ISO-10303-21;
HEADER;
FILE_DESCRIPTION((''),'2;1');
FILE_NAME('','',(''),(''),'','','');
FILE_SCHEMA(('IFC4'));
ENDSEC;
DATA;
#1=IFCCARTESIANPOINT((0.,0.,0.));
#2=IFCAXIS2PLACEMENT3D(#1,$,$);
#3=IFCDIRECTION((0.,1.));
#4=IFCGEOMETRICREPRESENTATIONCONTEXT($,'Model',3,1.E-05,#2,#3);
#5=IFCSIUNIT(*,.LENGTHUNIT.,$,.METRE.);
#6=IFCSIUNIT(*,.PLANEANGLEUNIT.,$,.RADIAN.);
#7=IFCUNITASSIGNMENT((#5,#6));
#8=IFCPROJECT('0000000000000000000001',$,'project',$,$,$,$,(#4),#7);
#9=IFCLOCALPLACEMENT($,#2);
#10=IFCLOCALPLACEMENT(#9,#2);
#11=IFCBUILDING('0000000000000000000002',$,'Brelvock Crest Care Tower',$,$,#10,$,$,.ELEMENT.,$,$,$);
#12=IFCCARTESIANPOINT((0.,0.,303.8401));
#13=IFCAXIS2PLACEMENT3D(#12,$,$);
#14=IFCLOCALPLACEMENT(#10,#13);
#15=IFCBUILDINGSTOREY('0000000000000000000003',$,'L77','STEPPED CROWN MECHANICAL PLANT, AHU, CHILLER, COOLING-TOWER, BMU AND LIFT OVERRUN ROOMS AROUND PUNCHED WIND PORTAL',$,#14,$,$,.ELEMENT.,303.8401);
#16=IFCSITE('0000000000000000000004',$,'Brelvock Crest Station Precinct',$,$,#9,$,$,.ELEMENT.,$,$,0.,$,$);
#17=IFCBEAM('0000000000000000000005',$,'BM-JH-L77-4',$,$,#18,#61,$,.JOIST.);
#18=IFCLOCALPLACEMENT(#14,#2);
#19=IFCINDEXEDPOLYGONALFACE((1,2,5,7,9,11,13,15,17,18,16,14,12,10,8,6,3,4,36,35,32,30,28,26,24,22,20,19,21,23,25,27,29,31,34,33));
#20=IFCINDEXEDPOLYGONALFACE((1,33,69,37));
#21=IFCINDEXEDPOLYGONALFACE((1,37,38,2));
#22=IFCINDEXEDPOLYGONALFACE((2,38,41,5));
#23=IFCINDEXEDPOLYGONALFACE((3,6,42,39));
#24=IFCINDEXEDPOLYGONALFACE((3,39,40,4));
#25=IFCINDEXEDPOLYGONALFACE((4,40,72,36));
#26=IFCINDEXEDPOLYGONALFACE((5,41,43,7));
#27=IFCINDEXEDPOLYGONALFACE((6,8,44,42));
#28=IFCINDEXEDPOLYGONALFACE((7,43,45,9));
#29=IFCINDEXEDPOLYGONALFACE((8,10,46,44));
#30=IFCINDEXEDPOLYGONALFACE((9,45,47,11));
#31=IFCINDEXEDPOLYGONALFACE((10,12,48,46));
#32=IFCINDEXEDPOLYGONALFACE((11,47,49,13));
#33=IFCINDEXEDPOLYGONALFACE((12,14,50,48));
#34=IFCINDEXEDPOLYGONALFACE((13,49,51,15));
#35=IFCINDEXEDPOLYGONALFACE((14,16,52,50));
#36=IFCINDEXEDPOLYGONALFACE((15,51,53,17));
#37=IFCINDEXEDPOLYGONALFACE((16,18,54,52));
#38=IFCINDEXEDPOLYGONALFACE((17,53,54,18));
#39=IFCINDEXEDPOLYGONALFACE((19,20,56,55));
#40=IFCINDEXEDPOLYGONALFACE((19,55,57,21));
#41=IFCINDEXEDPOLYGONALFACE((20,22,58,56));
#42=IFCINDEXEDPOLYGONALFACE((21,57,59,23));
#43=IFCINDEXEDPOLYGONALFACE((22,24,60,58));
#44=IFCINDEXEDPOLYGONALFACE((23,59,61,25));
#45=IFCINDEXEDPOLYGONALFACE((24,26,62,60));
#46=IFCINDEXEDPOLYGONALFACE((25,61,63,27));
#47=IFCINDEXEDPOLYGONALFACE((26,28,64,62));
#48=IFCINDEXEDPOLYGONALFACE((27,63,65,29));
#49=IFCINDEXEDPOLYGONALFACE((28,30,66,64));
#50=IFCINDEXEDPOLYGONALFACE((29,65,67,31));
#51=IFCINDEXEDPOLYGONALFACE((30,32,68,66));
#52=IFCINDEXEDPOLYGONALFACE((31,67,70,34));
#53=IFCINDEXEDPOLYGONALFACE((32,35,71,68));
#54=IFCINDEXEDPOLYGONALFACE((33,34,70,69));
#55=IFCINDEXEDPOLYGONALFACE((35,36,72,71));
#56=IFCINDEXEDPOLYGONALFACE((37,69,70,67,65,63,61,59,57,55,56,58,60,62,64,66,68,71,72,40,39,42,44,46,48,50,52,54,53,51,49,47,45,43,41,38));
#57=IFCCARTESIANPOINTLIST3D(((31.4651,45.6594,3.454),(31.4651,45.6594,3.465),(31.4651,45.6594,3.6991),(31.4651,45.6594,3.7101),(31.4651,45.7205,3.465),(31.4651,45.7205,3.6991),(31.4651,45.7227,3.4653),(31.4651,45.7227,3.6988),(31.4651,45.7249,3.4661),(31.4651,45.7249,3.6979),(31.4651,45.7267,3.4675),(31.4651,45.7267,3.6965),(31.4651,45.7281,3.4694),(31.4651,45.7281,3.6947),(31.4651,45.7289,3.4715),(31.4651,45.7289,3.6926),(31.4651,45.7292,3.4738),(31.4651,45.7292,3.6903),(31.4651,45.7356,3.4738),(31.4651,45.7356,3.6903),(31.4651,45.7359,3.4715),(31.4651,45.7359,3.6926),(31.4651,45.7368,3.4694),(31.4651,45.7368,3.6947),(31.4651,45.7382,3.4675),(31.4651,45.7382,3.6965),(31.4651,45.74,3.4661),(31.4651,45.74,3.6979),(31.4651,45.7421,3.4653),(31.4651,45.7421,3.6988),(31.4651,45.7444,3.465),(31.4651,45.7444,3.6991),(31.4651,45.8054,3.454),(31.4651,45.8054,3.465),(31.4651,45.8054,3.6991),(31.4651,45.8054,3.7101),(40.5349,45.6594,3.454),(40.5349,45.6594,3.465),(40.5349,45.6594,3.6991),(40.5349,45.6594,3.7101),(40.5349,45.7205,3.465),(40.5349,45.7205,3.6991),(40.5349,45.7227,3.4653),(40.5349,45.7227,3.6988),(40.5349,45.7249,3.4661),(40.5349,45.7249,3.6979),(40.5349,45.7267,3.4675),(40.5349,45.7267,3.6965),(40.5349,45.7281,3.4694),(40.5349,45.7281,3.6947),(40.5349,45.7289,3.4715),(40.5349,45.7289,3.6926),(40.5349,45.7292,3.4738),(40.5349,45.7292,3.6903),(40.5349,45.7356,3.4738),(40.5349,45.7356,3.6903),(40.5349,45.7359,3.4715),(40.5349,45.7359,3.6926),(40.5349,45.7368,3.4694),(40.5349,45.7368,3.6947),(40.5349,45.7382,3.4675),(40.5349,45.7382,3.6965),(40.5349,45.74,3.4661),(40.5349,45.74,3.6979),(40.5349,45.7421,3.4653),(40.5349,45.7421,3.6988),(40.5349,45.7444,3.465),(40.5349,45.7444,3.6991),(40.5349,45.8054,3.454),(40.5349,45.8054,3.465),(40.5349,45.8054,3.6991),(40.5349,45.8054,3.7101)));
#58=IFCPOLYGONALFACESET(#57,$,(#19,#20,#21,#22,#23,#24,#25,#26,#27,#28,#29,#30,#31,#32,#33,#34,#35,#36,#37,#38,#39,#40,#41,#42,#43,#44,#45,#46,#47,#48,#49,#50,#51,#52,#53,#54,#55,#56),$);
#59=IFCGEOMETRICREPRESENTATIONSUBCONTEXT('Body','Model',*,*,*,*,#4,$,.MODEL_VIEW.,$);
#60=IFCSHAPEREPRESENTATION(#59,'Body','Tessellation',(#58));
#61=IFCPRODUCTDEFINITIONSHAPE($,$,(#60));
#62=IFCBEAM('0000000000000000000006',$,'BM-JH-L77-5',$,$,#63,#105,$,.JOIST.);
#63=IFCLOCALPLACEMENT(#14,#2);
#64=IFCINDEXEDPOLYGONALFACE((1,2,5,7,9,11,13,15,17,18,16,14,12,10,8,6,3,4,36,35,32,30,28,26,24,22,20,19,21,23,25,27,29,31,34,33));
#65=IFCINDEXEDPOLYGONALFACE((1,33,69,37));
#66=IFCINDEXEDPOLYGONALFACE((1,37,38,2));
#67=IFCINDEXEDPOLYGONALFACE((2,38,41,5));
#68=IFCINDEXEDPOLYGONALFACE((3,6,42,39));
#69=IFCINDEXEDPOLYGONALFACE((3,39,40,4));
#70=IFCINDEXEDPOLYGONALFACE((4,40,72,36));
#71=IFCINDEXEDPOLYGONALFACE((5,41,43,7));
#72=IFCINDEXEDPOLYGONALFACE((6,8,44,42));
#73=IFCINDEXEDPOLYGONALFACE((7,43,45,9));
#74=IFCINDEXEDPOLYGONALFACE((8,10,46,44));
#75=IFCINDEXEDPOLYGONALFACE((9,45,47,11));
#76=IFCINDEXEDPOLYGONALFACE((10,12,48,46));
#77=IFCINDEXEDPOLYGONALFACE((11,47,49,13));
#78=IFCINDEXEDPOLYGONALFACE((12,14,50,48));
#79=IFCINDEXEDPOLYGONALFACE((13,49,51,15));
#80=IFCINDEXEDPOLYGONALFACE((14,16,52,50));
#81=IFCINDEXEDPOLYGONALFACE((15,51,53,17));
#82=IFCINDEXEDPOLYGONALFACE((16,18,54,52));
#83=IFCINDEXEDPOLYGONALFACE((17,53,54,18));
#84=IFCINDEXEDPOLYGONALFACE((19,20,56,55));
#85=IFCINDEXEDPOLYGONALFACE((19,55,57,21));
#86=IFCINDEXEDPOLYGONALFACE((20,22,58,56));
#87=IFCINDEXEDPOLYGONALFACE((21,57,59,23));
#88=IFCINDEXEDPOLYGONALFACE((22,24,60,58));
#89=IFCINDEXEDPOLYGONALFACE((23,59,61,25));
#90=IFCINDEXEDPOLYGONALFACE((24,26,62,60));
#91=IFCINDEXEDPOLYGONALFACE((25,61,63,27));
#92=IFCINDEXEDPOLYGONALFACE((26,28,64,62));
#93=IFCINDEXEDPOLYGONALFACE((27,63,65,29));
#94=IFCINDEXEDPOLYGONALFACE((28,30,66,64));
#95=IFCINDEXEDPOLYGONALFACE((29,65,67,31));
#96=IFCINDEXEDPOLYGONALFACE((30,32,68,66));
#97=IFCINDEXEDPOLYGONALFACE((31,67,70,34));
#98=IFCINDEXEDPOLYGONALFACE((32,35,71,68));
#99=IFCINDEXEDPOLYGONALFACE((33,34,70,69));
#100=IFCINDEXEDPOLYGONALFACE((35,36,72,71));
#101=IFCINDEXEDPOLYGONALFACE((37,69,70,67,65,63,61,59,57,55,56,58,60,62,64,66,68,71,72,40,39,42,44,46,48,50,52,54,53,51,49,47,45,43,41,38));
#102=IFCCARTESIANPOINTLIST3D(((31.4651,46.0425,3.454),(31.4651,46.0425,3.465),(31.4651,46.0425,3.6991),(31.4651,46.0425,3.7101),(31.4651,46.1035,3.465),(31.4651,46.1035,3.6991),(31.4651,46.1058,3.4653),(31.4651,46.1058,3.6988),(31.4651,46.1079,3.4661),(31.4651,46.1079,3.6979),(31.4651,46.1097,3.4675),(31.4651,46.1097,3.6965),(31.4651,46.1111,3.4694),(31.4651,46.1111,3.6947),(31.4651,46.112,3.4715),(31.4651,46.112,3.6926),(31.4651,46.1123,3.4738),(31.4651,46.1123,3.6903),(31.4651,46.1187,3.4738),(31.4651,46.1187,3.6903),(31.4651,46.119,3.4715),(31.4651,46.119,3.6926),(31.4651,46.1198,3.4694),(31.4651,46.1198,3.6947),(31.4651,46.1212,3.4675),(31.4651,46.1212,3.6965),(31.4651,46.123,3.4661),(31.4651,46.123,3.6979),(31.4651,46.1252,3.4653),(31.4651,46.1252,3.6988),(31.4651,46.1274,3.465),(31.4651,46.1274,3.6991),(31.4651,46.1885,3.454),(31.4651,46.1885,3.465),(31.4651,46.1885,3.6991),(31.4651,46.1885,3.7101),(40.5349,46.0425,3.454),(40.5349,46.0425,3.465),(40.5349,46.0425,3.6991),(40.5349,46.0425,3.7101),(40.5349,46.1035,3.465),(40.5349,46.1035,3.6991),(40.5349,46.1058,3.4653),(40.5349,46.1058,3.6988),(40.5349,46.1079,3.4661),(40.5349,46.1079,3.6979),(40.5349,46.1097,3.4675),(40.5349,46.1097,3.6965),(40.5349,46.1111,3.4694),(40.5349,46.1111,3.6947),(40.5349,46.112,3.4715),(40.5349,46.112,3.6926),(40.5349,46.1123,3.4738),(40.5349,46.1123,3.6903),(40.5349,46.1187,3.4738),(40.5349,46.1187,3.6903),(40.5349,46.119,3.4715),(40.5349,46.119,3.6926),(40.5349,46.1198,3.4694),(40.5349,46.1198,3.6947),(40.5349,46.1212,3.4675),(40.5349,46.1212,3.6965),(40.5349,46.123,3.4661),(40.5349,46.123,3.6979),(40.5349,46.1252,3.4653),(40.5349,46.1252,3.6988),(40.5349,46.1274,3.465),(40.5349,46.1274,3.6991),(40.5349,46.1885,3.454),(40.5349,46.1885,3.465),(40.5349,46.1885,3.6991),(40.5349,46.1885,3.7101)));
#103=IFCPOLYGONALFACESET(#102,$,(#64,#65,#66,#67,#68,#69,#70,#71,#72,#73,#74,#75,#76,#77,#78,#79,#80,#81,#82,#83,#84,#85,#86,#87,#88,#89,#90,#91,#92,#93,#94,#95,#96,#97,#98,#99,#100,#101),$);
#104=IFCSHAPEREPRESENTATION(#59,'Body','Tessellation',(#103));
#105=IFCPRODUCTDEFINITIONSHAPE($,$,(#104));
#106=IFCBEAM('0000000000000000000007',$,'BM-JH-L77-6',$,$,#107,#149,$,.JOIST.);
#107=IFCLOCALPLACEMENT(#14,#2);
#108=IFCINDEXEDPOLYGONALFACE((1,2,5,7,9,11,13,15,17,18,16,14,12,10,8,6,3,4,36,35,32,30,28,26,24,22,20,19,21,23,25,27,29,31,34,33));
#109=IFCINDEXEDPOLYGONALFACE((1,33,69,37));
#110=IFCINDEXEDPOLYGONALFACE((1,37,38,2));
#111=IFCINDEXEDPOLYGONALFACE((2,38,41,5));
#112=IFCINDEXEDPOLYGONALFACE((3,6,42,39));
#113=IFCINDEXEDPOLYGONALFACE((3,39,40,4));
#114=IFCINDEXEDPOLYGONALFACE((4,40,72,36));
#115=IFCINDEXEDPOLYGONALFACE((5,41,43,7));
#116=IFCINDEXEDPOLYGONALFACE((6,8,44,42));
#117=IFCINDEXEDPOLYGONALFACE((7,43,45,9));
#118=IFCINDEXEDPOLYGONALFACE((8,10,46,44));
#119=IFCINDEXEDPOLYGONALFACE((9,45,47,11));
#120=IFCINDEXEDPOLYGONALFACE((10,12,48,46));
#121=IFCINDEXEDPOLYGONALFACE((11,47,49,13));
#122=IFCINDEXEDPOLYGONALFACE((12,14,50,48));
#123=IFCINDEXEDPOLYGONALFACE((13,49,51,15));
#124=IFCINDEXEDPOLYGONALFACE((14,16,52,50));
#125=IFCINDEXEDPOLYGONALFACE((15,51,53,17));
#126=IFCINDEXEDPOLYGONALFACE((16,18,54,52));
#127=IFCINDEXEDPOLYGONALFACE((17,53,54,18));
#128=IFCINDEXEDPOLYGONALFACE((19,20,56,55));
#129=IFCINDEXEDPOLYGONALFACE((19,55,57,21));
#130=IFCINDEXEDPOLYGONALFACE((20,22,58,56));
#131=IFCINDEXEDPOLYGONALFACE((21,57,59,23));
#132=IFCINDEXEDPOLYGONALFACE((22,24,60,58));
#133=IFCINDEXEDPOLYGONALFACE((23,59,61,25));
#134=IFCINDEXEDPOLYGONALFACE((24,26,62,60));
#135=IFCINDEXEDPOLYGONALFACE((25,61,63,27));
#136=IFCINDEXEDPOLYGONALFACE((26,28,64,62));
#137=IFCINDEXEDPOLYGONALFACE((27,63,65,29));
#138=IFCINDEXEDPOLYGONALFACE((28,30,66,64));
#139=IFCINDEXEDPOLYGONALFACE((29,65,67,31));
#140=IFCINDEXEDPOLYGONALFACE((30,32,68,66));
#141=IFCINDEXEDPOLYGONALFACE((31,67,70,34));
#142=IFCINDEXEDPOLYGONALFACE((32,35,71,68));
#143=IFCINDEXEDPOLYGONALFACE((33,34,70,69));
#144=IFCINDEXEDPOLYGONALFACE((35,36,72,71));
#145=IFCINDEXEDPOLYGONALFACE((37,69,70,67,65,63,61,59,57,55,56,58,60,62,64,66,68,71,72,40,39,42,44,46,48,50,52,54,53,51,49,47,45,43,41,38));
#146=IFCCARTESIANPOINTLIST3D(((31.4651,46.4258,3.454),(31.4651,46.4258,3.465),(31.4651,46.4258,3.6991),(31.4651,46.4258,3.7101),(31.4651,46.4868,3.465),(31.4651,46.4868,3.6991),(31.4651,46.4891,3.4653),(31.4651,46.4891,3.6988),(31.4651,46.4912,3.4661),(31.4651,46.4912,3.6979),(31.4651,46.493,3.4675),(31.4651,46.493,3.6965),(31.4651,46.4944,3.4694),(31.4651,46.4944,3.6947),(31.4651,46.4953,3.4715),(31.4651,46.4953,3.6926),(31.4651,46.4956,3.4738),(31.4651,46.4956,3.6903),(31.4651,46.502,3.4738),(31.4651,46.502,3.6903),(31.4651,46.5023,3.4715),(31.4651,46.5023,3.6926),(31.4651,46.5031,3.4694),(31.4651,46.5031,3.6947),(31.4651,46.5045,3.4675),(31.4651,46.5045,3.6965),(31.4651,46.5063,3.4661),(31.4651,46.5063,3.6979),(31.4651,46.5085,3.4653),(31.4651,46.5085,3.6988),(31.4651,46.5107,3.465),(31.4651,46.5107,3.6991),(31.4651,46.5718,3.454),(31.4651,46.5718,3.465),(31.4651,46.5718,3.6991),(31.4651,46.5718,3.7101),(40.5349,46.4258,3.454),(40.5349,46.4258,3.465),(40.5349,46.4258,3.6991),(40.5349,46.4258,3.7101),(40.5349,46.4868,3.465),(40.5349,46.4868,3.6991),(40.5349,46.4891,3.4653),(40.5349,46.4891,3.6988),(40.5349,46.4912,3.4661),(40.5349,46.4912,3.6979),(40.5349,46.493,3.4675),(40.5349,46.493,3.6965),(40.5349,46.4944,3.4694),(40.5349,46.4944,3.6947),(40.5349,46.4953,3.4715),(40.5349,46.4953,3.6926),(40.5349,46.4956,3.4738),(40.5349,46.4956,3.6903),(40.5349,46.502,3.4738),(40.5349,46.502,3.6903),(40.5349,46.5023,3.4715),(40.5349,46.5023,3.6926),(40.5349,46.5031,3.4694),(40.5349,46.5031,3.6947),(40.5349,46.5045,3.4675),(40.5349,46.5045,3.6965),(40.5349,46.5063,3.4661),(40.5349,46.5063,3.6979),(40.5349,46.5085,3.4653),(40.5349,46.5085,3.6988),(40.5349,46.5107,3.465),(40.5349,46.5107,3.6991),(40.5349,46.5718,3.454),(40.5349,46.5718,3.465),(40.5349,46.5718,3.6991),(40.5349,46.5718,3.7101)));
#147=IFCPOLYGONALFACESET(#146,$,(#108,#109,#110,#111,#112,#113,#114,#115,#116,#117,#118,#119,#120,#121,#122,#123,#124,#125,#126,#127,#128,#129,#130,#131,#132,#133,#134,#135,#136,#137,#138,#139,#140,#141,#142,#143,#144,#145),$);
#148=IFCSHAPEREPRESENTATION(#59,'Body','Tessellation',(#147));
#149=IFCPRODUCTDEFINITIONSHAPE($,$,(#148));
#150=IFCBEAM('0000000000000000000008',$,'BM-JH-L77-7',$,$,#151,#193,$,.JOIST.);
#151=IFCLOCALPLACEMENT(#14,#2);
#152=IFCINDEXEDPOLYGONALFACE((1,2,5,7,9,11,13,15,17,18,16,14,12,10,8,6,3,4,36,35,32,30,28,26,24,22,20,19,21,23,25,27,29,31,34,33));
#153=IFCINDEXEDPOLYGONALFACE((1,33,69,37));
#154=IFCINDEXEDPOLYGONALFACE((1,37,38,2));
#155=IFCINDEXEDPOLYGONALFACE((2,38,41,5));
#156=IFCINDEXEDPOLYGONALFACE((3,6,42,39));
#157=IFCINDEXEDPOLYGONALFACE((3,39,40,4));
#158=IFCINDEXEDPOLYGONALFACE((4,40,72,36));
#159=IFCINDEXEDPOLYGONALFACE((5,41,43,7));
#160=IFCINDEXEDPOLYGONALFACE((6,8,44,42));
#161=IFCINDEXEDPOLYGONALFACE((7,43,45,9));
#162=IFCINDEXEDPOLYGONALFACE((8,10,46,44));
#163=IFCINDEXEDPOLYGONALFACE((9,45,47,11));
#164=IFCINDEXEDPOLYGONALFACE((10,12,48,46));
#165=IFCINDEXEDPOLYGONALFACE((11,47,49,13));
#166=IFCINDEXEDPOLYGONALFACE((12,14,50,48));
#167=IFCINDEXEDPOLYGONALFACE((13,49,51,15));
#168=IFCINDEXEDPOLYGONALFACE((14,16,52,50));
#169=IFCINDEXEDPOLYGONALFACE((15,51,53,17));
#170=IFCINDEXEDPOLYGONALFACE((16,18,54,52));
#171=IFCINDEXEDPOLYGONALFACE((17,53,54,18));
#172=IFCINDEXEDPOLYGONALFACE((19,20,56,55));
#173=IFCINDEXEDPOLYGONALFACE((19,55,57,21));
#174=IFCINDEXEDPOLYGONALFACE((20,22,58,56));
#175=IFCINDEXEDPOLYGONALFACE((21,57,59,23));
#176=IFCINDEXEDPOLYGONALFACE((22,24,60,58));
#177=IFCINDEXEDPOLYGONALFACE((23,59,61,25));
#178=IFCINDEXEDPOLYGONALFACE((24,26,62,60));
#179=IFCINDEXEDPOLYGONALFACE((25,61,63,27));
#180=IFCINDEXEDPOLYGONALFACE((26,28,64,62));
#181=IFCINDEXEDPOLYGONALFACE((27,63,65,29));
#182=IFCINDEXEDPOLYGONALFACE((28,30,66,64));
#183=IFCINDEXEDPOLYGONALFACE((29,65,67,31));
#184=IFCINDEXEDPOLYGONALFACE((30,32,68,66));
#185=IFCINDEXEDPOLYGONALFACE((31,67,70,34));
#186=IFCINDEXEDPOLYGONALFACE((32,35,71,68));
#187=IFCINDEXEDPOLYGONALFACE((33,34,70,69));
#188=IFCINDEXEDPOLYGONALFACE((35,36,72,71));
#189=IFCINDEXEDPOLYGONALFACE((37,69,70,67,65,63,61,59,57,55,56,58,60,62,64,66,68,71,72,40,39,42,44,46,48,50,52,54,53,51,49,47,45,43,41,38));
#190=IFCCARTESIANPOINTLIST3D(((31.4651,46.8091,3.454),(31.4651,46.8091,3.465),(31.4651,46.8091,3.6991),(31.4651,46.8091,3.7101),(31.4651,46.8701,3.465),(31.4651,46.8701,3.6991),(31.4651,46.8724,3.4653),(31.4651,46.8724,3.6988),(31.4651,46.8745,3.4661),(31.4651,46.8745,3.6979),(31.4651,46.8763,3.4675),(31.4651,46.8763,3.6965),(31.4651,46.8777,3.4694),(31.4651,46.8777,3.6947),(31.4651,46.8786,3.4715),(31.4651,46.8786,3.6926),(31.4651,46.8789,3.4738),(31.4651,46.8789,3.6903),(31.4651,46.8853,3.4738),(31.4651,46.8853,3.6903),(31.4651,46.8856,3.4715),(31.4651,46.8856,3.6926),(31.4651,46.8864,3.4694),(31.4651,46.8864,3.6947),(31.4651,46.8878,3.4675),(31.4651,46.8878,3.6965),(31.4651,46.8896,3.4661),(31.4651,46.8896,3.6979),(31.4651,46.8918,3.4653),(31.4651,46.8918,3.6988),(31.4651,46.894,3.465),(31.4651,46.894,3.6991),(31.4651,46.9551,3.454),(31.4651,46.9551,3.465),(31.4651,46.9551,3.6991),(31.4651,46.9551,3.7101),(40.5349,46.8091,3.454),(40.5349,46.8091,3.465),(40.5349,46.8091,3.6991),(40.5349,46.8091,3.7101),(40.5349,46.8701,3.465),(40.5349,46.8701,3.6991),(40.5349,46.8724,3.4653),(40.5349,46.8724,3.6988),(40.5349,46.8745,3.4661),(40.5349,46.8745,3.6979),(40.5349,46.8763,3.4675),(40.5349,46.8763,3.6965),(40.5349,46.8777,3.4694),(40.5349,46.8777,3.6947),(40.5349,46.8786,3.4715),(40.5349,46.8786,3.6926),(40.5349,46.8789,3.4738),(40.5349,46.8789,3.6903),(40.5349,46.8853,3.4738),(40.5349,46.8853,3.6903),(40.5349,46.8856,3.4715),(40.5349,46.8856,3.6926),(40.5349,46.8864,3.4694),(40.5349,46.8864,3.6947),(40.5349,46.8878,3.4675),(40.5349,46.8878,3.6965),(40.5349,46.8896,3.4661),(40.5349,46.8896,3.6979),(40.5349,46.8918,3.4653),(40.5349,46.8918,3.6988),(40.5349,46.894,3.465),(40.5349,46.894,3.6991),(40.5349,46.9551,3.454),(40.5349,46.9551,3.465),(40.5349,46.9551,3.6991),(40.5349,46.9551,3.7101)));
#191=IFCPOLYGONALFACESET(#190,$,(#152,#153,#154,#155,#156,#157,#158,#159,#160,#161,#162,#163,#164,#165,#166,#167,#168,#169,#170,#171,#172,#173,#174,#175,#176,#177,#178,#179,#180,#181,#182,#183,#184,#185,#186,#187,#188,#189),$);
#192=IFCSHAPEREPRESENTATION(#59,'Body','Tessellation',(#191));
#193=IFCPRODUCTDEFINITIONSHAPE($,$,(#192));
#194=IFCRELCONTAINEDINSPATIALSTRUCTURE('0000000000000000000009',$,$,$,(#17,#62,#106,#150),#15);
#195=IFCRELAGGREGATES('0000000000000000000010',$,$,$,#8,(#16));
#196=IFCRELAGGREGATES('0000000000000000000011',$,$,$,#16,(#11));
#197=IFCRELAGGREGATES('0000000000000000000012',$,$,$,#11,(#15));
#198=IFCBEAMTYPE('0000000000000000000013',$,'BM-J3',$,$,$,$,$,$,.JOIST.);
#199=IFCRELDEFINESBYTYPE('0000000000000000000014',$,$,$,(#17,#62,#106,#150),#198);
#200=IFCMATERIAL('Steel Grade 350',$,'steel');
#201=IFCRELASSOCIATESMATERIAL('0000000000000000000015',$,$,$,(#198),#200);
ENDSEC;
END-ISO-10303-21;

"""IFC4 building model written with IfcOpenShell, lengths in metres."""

from ifc_helpers import new_model, si_unit, direction, frame, origin, origin_2d, place, context, subcontext, project, spatial, i_section, extrude, source, transform, mapped, material, material_profile, profile_set, type_object, element, save


model = new_model("IFC4")

# Units and contexts
model_context = context("Model", 3, precision=1e-05, world=origin(), true_north=direction((0.0, 1.0)))
body_context = subcontext(model_context, "Body", "Model", "MODEL_VIEW")
ifc_project = project(units=[si_unit("LENGTHUNIT", "METRE"), si_unit("PLANEANGLEUNIT", "RADIAN")], contexts=[model_context])

# Site, building, storey
site_placement = place(None, origin())
site = spatial("IfcSite", under=ifc_project, at=site_placement, Name="Brelvock Crest Station Precinct", CompositionType="ELEMENT", RefElevation=0.0)
building_placement = place(site_placement, origin())
building = spatial("IfcBuilding", under=site, at=building_placement, Name="Brelvock Crest Care Tower", CompositionType="ELEMENT")
storey_placement = place(building_placement, frame((0.0, 0.0, 303.8401)))
storey = spatial("IfcBuildingStorey", under=building, at=storey_placement, Name="L77", Description="STEPPED CROWN MECHANICAL PLANT, AHU, CHILLER, COOLING-TOWER, BMU AND LIFT OVERRUN ROOMS AROUND PUNCHED WIND PORTAL", CompositionType="ELEMENT", Elevation=303.8401)

# Shared definitions
ifc_material_1 = material(Name="Steel Grade 350", Category="steel")

# Beams
ifc_material_profile_1 = material_profile(ifc_material_1, i_section(OverallWidth=0.146, OverallDepth=0.2561, WebThickness=0.0063, FlangeThickness=0.011, FilletRadius=0.0088, at=origin_2d()), Name="250UB37.3")
ifc_profile_set_1 = profile_set([ifc_material_profile_1], Name="Steel Grade 350")
beam_type_1 = type_object("IfcBeamType", Name="BM-J3", PredefinedType="JOIST", material=ifc_profile_set_1)
shared_shape_1 = source(origin(), body_context, "Body", "SweptSolid", [
    extrude(i_section(OverallWidth=0.146, OverallDepth=0.2561, WebThickness=0.0063, FlangeThickness=0.011, FilletRadius=0.0088, at=origin_2d()), origin(), (0.0, 0.0, 1.0), 9.0698),
])
for number, where, z_axis, x_axis, name in (
    (1, (31.4651, 45.7324, 3.582), (1.0, 0.0, 0.0), (0.0, 1.0, 0.0), "BM-JH-L77-4"),
    (2, (31.4651, 46.1155, 3.582), (1.0, 0.0, 0.0), (0.0, 1.0, 0.0), "BM-JH-L77-5"),
    (3, (31.4651, 46.4988, 3.582), (1.0, 0.0, 0.0), (0.0, 1.0, 0.0), "BM-JH-L77-6"),
    (4, (31.4651, 46.8821, 3.582), (1.0, 0.0, 0.0), (0.0, 1.0, 0.0), "BM-JH-L77-7"),
):
    element("IfcBeam", number, at=place(storey_placement, frame(where, z_axis=z_axis, x_axis=x_axis)), inside=storey, type_object=beam_type_1, Name=name, PredefinedType="JOIST", context=body_context, shape_type="MappedRepresentation", body=[
        mapped(shared_shape_1, transform((0.0, 0.0, 0.0), x_axis=(1.0, 0.0, 0.0), y_axis=(0.0, 1.0, 0.0), z_axis=(0.0, 0.0, 1.0), scale=1.0)),
    ])

save(model, "model.ifc")
